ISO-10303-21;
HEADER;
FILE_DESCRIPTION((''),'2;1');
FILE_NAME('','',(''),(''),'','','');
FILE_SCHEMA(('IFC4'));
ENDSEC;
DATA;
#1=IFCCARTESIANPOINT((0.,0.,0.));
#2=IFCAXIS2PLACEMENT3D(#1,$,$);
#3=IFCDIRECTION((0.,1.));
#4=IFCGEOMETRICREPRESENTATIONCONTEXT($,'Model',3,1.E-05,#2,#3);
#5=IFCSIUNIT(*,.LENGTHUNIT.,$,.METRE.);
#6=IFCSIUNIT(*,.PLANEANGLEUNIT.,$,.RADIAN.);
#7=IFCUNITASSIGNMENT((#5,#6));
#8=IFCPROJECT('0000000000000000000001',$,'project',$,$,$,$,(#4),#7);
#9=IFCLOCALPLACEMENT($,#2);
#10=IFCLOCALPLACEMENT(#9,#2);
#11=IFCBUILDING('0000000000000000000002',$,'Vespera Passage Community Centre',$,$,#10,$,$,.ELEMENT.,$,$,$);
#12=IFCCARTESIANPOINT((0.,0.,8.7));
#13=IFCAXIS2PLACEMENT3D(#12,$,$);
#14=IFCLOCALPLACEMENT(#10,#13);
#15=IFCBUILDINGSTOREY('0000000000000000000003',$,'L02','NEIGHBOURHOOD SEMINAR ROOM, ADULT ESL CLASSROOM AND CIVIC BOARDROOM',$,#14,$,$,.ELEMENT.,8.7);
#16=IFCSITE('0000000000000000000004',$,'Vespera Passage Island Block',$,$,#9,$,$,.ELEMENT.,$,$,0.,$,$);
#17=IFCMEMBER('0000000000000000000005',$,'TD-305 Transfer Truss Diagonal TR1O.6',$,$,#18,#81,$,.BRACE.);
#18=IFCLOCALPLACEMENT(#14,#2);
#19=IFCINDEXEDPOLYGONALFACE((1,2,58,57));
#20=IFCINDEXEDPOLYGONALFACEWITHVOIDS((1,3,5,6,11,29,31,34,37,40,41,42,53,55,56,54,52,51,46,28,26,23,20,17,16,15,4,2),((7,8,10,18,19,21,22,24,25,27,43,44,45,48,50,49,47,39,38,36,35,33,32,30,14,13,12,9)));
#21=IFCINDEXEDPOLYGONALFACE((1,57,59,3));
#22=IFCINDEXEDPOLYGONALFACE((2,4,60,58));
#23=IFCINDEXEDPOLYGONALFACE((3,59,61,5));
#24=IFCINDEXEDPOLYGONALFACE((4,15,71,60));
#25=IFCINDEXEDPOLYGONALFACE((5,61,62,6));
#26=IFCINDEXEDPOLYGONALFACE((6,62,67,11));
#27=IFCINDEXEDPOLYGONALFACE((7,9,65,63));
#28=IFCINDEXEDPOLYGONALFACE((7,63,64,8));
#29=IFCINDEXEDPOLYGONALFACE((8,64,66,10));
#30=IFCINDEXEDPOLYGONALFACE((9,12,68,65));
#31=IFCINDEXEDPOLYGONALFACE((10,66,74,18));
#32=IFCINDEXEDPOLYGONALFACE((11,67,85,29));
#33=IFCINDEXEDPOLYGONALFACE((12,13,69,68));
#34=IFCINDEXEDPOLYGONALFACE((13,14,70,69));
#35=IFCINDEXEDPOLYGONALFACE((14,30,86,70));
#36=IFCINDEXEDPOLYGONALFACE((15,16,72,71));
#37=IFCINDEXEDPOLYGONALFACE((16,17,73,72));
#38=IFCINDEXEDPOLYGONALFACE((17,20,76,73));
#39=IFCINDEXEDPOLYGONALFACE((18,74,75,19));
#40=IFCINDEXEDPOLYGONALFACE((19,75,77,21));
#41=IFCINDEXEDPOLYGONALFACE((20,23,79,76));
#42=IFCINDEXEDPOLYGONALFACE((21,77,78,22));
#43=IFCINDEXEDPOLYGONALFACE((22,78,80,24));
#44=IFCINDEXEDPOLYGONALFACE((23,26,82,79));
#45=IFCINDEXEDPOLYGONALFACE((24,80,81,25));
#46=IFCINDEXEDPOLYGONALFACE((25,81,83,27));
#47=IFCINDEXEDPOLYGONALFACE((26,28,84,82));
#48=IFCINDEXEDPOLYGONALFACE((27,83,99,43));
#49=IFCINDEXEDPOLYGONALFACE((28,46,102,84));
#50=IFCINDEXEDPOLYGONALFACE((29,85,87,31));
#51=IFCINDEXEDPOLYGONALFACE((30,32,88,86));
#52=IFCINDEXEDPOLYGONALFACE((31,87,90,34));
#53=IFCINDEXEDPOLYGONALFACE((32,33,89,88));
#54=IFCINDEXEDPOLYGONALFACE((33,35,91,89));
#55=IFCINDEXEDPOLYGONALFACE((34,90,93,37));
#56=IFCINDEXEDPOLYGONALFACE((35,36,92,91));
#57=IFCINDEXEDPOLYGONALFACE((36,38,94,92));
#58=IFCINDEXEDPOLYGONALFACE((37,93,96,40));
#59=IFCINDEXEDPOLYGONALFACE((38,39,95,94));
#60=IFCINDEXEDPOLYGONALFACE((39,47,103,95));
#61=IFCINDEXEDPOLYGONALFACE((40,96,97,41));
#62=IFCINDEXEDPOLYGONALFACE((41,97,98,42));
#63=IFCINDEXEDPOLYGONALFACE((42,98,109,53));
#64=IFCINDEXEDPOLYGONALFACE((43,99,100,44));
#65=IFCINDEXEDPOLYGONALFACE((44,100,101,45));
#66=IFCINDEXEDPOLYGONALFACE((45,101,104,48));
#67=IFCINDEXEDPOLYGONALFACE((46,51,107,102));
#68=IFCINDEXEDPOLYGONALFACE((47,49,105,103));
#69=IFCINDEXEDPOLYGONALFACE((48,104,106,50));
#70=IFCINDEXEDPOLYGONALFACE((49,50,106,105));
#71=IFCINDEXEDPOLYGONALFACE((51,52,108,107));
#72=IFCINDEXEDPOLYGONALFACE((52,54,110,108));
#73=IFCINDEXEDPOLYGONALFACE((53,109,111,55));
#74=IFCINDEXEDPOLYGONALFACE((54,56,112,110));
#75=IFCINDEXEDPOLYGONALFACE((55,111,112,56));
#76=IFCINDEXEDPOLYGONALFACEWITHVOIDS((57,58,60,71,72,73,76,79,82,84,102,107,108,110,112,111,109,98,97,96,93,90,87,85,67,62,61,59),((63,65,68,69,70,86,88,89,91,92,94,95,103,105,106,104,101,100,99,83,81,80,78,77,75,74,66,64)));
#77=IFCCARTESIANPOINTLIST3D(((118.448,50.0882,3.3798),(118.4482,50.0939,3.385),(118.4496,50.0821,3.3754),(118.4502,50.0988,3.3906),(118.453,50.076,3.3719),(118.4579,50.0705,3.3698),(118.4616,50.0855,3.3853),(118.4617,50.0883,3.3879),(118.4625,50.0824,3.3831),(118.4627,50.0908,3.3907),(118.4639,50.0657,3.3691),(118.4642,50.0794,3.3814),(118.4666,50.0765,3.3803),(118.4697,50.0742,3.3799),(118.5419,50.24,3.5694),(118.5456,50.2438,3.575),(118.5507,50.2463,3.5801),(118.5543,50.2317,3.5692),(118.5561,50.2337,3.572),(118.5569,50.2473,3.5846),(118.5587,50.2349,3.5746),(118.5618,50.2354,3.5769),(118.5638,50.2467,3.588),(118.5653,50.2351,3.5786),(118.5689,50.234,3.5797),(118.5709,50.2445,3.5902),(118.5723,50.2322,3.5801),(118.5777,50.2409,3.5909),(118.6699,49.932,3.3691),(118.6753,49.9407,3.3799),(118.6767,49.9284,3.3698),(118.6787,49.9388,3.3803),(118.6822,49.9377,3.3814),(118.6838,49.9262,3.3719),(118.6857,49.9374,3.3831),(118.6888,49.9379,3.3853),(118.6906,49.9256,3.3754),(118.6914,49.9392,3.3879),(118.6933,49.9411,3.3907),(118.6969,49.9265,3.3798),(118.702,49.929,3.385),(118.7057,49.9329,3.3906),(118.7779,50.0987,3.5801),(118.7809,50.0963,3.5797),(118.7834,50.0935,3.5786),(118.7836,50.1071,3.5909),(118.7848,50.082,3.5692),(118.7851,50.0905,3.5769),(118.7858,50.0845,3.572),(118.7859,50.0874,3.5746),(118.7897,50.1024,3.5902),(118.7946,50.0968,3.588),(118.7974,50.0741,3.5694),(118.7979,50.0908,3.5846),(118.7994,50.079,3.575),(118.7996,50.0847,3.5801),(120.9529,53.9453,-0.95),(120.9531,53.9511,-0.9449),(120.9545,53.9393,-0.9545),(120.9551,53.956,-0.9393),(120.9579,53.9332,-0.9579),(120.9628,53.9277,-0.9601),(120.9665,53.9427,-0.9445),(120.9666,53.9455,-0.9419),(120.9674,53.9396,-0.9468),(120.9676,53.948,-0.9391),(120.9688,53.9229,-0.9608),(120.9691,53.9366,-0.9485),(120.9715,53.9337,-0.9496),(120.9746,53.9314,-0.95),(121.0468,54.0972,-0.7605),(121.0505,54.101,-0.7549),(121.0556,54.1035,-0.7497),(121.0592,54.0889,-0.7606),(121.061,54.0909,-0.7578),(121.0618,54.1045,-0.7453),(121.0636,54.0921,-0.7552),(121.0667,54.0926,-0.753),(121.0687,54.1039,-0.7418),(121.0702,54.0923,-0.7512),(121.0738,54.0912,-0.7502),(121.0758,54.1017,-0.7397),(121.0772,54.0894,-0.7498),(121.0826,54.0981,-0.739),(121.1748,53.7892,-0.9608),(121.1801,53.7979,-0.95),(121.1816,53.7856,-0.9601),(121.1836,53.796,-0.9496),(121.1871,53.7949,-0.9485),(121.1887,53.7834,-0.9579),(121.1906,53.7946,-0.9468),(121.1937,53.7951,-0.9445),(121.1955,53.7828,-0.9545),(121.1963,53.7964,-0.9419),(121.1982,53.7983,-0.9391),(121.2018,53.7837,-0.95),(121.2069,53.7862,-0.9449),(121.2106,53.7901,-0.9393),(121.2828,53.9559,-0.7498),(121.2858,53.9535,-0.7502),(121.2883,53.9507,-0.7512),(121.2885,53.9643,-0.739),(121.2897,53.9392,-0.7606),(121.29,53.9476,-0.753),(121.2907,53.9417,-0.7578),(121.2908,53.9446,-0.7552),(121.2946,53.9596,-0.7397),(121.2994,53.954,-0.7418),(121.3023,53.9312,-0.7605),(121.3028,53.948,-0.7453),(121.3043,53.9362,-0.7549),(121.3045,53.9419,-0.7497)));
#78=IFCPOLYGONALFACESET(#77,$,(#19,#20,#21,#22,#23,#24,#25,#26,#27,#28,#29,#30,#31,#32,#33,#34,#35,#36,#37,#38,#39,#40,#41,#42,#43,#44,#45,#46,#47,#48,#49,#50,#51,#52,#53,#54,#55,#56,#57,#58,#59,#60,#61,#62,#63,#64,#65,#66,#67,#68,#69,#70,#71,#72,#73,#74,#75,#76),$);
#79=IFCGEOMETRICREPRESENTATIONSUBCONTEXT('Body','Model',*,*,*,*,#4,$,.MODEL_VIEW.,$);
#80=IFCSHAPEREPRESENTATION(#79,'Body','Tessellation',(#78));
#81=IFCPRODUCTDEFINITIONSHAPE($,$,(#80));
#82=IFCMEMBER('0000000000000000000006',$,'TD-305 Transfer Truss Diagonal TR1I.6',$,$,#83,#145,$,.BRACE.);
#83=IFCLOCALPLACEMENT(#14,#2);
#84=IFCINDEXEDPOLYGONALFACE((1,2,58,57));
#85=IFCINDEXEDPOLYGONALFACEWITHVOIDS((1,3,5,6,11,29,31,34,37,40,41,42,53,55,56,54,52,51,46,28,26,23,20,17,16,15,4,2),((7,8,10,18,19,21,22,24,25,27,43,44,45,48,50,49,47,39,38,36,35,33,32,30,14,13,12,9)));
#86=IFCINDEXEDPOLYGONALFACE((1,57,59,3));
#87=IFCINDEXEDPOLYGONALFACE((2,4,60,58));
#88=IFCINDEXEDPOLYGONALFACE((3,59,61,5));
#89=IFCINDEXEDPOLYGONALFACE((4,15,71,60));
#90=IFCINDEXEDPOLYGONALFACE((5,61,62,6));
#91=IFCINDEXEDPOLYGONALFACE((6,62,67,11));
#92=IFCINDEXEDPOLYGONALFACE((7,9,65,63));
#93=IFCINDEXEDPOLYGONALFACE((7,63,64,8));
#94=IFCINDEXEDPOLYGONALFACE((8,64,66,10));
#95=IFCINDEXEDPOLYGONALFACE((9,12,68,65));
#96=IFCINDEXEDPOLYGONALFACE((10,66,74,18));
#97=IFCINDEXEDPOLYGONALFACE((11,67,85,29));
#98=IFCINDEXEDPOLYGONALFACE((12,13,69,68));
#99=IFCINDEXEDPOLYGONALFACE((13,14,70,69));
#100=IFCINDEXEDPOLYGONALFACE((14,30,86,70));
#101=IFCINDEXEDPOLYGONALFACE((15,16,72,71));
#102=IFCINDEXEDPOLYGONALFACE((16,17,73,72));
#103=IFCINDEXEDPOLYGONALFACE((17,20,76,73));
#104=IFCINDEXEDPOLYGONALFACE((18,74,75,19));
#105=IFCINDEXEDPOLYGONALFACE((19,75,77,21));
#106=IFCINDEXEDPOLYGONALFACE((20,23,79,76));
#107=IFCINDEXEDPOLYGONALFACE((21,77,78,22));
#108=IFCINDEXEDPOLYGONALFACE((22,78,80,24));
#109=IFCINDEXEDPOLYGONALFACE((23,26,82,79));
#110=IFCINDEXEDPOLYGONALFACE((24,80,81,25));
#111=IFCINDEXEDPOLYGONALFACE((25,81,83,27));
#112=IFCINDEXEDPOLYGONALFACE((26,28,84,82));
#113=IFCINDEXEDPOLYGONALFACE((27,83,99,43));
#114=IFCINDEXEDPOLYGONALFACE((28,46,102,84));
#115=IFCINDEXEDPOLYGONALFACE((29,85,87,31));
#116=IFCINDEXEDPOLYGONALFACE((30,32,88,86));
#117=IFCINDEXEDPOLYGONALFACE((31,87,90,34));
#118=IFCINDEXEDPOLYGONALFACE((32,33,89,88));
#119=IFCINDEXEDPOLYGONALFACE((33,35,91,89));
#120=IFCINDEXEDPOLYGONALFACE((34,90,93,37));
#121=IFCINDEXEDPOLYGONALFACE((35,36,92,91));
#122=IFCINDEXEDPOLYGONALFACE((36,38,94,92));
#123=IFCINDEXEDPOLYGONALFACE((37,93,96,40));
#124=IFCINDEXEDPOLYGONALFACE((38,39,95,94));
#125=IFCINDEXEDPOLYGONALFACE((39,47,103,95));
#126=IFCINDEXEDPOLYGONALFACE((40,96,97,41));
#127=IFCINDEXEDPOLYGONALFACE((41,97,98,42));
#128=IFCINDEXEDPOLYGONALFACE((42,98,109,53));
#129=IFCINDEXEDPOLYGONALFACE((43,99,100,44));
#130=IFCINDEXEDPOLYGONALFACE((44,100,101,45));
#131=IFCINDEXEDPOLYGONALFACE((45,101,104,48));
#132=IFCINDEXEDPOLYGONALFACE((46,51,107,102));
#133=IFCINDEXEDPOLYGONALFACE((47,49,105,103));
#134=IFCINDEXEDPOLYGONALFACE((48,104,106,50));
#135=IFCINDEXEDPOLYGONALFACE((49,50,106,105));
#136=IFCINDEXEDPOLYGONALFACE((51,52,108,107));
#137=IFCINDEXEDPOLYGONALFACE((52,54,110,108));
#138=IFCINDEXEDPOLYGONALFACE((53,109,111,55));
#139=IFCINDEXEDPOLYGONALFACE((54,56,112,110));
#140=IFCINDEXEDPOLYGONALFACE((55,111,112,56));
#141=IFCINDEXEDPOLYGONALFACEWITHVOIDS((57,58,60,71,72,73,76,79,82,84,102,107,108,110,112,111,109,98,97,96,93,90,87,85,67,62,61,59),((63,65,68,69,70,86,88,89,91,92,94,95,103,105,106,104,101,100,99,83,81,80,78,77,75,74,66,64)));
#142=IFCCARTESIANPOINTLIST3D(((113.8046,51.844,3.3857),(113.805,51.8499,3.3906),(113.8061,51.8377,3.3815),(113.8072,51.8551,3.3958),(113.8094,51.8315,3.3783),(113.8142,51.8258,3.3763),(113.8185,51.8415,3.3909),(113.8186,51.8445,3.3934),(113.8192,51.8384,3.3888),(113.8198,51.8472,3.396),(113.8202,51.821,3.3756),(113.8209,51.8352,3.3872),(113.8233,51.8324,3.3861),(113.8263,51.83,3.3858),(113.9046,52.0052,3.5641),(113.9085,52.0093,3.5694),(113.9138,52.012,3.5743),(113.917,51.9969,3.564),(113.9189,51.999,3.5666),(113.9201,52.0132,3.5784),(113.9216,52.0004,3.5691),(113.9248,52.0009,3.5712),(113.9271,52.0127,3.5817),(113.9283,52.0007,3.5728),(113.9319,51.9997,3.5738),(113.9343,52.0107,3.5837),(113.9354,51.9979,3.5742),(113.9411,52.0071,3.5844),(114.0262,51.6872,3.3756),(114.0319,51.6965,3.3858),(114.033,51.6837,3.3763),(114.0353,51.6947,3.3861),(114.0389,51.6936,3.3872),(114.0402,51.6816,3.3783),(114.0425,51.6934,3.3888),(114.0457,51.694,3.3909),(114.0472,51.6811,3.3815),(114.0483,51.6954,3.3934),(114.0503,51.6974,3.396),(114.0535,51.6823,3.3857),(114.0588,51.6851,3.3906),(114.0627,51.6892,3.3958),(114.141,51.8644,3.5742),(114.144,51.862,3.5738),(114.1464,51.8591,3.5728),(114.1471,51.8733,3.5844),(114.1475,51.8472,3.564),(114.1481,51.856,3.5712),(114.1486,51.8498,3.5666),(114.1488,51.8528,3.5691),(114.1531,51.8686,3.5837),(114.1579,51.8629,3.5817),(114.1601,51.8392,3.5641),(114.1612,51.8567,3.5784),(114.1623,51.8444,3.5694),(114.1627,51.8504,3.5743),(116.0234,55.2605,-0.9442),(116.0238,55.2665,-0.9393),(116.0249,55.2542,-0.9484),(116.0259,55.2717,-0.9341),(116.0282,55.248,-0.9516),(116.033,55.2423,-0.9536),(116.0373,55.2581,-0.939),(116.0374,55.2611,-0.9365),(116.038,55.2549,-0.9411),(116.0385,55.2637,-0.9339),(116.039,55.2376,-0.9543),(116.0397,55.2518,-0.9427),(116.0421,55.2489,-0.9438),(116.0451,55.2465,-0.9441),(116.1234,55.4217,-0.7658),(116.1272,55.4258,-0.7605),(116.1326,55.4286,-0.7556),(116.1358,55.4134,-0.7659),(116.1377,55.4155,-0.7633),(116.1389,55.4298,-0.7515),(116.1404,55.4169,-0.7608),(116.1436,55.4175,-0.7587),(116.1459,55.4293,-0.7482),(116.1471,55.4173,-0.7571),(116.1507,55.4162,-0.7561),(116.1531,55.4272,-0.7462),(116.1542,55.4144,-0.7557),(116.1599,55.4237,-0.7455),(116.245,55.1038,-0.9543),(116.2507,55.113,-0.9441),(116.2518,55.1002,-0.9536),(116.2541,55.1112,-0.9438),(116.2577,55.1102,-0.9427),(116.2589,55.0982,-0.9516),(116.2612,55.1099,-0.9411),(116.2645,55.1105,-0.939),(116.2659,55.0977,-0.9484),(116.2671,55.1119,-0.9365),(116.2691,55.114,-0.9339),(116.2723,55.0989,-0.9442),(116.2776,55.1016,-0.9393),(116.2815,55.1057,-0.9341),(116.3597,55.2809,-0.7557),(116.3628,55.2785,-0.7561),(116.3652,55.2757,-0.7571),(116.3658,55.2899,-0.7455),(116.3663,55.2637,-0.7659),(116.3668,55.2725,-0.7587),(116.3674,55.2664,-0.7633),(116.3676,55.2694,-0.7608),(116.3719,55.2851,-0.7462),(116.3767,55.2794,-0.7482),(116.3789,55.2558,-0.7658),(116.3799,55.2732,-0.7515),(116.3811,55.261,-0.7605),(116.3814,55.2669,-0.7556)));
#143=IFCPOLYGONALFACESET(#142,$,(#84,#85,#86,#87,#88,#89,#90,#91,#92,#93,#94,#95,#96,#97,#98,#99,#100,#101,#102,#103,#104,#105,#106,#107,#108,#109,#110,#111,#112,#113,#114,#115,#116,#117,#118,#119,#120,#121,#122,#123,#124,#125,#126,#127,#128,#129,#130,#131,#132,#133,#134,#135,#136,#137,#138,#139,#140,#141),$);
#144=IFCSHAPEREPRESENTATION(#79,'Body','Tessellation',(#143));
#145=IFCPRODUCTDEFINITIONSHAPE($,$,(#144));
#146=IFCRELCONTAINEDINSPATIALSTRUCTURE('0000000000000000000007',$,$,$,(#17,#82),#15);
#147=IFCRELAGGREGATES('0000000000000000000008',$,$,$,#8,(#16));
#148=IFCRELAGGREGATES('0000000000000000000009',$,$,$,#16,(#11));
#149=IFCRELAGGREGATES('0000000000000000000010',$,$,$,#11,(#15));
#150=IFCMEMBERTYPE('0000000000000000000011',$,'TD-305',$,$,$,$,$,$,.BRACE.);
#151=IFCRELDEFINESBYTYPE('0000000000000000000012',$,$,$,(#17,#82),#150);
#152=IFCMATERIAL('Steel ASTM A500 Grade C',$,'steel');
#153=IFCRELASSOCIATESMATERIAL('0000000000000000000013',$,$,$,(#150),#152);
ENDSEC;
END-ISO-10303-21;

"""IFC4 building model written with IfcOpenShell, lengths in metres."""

from ifc_helpers import new_model, si_unit, direction, frame, origin, origin_2d, place, context, subcontext, project, spatial, hollow_rectangle, extrude, material, material_profile, profile_set, type_object, element, save


model = new_model("IFC4")

# Units and contexts
model_context = context("Model", 3, precision=1e-05, world=origin(), true_north=direction((0.0, 1.0)))
body_context = subcontext(model_context, "Body", "Model", "MODEL_VIEW")
ifc_project = project(units=[si_unit("LENGTHUNIT", "METRE"), si_unit("PLANEANGLEUNIT", "RADIAN")], contexts=[model_context])

# Site, building, storey
site_placement = place(None, origin())
site = spatial("IfcSite", under=ifc_project, at=site_placement, Name="Vespera Passage Island Block", CompositionType="ELEMENT", RefElevation=0.0)
building_placement = place(site_placement, origin())
building = spatial("IfcBuilding", under=site, at=building_placement, Name="Vespera Passage Community Centre", CompositionType="ELEMENT")
storey_placement = place(building_placement, frame((0.0, 0.0, 8.7)))
storey = spatial("IfcBuildingStorey", under=building, at=storey_placement, Name="L02", Description="NEIGHBOURHOOD SEMINAR ROOM, ADULT ESL CLASSROOM AND CIVIC BOARDROOM", CompositionType="ELEMENT", Elevation=8.7)

# Members
ifc_material_1 = material(Name="Steel ASTM A500 Grade C", Category="steel")
ifc_material_profile_1 = material_profile(ifc_material_1, hollow_rectangle(XDim=0.3047, YDim=0.3047, WallThickness=0.0149, InnerFilletRadius=0.0149, OuterFilletRadius=0.0295, at=origin_2d()), Name="HSS305X305X15.9")
ifc_profile_set_1 = profile_set([ifc_material_profile_1], Name="Steel ASTM A500 Grade C")
member_type_1 = type_object("IfcMemberType", Name="TD-305", PredefinedType="BRACE", material=ifc_profile_set_1)
member_1_placement = place(storey_placement, frame((118.6238, 50.0864, 3.48), z_axis=(0.396554, 0.610639, -0.685467), x_axis=(-0.83867, 0.544639, 0.0)))
element("IfcMember", 1, at=member_1_placement, inside=storey, type_object=member_type_1, Name="TD-305 Transfer Truss Diagonal TR1O.6", PredefinedType="BRACE", context=body_context, shape_type="SweptSolid", body=[
    extrude(hollow_rectangle(XDim=0.3047, YDim=0.3047, WallThickness=0.0149, InnerFilletRadius=0.0149, OuterFilletRadius=0.0295, at=origin_2d()), origin(), (0.0, 0.0, 1.0), 6.3167),
])
member_2_placement = place(storey_placement, frame((113.9836, 51.8472, 3.48), z_axis=(0.373214, 0.574687, -0.728317), x_axis=(-0.838665, 0.544647, 0.0)))
element("IfcMember", 2, at=member_2_placement, inside=storey, type_object=member_type_1, Name="TD-305 Transfer Truss Diagonal TR1I.6", PredefinedType="BRACE", context=body_context, shape_type="SweptSolid", body=[
    extrude(hollow_rectangle(XDim=0.3047, YDim=0.3047, WallThickness=0.0149, InnerFilletRadius=0.0149, OuterFilletRadius=0.0295, at=origin_2d()), origin(), (0.0, 0.0, 1.0), 5.9451),
])

save(model, "model.ifc")
